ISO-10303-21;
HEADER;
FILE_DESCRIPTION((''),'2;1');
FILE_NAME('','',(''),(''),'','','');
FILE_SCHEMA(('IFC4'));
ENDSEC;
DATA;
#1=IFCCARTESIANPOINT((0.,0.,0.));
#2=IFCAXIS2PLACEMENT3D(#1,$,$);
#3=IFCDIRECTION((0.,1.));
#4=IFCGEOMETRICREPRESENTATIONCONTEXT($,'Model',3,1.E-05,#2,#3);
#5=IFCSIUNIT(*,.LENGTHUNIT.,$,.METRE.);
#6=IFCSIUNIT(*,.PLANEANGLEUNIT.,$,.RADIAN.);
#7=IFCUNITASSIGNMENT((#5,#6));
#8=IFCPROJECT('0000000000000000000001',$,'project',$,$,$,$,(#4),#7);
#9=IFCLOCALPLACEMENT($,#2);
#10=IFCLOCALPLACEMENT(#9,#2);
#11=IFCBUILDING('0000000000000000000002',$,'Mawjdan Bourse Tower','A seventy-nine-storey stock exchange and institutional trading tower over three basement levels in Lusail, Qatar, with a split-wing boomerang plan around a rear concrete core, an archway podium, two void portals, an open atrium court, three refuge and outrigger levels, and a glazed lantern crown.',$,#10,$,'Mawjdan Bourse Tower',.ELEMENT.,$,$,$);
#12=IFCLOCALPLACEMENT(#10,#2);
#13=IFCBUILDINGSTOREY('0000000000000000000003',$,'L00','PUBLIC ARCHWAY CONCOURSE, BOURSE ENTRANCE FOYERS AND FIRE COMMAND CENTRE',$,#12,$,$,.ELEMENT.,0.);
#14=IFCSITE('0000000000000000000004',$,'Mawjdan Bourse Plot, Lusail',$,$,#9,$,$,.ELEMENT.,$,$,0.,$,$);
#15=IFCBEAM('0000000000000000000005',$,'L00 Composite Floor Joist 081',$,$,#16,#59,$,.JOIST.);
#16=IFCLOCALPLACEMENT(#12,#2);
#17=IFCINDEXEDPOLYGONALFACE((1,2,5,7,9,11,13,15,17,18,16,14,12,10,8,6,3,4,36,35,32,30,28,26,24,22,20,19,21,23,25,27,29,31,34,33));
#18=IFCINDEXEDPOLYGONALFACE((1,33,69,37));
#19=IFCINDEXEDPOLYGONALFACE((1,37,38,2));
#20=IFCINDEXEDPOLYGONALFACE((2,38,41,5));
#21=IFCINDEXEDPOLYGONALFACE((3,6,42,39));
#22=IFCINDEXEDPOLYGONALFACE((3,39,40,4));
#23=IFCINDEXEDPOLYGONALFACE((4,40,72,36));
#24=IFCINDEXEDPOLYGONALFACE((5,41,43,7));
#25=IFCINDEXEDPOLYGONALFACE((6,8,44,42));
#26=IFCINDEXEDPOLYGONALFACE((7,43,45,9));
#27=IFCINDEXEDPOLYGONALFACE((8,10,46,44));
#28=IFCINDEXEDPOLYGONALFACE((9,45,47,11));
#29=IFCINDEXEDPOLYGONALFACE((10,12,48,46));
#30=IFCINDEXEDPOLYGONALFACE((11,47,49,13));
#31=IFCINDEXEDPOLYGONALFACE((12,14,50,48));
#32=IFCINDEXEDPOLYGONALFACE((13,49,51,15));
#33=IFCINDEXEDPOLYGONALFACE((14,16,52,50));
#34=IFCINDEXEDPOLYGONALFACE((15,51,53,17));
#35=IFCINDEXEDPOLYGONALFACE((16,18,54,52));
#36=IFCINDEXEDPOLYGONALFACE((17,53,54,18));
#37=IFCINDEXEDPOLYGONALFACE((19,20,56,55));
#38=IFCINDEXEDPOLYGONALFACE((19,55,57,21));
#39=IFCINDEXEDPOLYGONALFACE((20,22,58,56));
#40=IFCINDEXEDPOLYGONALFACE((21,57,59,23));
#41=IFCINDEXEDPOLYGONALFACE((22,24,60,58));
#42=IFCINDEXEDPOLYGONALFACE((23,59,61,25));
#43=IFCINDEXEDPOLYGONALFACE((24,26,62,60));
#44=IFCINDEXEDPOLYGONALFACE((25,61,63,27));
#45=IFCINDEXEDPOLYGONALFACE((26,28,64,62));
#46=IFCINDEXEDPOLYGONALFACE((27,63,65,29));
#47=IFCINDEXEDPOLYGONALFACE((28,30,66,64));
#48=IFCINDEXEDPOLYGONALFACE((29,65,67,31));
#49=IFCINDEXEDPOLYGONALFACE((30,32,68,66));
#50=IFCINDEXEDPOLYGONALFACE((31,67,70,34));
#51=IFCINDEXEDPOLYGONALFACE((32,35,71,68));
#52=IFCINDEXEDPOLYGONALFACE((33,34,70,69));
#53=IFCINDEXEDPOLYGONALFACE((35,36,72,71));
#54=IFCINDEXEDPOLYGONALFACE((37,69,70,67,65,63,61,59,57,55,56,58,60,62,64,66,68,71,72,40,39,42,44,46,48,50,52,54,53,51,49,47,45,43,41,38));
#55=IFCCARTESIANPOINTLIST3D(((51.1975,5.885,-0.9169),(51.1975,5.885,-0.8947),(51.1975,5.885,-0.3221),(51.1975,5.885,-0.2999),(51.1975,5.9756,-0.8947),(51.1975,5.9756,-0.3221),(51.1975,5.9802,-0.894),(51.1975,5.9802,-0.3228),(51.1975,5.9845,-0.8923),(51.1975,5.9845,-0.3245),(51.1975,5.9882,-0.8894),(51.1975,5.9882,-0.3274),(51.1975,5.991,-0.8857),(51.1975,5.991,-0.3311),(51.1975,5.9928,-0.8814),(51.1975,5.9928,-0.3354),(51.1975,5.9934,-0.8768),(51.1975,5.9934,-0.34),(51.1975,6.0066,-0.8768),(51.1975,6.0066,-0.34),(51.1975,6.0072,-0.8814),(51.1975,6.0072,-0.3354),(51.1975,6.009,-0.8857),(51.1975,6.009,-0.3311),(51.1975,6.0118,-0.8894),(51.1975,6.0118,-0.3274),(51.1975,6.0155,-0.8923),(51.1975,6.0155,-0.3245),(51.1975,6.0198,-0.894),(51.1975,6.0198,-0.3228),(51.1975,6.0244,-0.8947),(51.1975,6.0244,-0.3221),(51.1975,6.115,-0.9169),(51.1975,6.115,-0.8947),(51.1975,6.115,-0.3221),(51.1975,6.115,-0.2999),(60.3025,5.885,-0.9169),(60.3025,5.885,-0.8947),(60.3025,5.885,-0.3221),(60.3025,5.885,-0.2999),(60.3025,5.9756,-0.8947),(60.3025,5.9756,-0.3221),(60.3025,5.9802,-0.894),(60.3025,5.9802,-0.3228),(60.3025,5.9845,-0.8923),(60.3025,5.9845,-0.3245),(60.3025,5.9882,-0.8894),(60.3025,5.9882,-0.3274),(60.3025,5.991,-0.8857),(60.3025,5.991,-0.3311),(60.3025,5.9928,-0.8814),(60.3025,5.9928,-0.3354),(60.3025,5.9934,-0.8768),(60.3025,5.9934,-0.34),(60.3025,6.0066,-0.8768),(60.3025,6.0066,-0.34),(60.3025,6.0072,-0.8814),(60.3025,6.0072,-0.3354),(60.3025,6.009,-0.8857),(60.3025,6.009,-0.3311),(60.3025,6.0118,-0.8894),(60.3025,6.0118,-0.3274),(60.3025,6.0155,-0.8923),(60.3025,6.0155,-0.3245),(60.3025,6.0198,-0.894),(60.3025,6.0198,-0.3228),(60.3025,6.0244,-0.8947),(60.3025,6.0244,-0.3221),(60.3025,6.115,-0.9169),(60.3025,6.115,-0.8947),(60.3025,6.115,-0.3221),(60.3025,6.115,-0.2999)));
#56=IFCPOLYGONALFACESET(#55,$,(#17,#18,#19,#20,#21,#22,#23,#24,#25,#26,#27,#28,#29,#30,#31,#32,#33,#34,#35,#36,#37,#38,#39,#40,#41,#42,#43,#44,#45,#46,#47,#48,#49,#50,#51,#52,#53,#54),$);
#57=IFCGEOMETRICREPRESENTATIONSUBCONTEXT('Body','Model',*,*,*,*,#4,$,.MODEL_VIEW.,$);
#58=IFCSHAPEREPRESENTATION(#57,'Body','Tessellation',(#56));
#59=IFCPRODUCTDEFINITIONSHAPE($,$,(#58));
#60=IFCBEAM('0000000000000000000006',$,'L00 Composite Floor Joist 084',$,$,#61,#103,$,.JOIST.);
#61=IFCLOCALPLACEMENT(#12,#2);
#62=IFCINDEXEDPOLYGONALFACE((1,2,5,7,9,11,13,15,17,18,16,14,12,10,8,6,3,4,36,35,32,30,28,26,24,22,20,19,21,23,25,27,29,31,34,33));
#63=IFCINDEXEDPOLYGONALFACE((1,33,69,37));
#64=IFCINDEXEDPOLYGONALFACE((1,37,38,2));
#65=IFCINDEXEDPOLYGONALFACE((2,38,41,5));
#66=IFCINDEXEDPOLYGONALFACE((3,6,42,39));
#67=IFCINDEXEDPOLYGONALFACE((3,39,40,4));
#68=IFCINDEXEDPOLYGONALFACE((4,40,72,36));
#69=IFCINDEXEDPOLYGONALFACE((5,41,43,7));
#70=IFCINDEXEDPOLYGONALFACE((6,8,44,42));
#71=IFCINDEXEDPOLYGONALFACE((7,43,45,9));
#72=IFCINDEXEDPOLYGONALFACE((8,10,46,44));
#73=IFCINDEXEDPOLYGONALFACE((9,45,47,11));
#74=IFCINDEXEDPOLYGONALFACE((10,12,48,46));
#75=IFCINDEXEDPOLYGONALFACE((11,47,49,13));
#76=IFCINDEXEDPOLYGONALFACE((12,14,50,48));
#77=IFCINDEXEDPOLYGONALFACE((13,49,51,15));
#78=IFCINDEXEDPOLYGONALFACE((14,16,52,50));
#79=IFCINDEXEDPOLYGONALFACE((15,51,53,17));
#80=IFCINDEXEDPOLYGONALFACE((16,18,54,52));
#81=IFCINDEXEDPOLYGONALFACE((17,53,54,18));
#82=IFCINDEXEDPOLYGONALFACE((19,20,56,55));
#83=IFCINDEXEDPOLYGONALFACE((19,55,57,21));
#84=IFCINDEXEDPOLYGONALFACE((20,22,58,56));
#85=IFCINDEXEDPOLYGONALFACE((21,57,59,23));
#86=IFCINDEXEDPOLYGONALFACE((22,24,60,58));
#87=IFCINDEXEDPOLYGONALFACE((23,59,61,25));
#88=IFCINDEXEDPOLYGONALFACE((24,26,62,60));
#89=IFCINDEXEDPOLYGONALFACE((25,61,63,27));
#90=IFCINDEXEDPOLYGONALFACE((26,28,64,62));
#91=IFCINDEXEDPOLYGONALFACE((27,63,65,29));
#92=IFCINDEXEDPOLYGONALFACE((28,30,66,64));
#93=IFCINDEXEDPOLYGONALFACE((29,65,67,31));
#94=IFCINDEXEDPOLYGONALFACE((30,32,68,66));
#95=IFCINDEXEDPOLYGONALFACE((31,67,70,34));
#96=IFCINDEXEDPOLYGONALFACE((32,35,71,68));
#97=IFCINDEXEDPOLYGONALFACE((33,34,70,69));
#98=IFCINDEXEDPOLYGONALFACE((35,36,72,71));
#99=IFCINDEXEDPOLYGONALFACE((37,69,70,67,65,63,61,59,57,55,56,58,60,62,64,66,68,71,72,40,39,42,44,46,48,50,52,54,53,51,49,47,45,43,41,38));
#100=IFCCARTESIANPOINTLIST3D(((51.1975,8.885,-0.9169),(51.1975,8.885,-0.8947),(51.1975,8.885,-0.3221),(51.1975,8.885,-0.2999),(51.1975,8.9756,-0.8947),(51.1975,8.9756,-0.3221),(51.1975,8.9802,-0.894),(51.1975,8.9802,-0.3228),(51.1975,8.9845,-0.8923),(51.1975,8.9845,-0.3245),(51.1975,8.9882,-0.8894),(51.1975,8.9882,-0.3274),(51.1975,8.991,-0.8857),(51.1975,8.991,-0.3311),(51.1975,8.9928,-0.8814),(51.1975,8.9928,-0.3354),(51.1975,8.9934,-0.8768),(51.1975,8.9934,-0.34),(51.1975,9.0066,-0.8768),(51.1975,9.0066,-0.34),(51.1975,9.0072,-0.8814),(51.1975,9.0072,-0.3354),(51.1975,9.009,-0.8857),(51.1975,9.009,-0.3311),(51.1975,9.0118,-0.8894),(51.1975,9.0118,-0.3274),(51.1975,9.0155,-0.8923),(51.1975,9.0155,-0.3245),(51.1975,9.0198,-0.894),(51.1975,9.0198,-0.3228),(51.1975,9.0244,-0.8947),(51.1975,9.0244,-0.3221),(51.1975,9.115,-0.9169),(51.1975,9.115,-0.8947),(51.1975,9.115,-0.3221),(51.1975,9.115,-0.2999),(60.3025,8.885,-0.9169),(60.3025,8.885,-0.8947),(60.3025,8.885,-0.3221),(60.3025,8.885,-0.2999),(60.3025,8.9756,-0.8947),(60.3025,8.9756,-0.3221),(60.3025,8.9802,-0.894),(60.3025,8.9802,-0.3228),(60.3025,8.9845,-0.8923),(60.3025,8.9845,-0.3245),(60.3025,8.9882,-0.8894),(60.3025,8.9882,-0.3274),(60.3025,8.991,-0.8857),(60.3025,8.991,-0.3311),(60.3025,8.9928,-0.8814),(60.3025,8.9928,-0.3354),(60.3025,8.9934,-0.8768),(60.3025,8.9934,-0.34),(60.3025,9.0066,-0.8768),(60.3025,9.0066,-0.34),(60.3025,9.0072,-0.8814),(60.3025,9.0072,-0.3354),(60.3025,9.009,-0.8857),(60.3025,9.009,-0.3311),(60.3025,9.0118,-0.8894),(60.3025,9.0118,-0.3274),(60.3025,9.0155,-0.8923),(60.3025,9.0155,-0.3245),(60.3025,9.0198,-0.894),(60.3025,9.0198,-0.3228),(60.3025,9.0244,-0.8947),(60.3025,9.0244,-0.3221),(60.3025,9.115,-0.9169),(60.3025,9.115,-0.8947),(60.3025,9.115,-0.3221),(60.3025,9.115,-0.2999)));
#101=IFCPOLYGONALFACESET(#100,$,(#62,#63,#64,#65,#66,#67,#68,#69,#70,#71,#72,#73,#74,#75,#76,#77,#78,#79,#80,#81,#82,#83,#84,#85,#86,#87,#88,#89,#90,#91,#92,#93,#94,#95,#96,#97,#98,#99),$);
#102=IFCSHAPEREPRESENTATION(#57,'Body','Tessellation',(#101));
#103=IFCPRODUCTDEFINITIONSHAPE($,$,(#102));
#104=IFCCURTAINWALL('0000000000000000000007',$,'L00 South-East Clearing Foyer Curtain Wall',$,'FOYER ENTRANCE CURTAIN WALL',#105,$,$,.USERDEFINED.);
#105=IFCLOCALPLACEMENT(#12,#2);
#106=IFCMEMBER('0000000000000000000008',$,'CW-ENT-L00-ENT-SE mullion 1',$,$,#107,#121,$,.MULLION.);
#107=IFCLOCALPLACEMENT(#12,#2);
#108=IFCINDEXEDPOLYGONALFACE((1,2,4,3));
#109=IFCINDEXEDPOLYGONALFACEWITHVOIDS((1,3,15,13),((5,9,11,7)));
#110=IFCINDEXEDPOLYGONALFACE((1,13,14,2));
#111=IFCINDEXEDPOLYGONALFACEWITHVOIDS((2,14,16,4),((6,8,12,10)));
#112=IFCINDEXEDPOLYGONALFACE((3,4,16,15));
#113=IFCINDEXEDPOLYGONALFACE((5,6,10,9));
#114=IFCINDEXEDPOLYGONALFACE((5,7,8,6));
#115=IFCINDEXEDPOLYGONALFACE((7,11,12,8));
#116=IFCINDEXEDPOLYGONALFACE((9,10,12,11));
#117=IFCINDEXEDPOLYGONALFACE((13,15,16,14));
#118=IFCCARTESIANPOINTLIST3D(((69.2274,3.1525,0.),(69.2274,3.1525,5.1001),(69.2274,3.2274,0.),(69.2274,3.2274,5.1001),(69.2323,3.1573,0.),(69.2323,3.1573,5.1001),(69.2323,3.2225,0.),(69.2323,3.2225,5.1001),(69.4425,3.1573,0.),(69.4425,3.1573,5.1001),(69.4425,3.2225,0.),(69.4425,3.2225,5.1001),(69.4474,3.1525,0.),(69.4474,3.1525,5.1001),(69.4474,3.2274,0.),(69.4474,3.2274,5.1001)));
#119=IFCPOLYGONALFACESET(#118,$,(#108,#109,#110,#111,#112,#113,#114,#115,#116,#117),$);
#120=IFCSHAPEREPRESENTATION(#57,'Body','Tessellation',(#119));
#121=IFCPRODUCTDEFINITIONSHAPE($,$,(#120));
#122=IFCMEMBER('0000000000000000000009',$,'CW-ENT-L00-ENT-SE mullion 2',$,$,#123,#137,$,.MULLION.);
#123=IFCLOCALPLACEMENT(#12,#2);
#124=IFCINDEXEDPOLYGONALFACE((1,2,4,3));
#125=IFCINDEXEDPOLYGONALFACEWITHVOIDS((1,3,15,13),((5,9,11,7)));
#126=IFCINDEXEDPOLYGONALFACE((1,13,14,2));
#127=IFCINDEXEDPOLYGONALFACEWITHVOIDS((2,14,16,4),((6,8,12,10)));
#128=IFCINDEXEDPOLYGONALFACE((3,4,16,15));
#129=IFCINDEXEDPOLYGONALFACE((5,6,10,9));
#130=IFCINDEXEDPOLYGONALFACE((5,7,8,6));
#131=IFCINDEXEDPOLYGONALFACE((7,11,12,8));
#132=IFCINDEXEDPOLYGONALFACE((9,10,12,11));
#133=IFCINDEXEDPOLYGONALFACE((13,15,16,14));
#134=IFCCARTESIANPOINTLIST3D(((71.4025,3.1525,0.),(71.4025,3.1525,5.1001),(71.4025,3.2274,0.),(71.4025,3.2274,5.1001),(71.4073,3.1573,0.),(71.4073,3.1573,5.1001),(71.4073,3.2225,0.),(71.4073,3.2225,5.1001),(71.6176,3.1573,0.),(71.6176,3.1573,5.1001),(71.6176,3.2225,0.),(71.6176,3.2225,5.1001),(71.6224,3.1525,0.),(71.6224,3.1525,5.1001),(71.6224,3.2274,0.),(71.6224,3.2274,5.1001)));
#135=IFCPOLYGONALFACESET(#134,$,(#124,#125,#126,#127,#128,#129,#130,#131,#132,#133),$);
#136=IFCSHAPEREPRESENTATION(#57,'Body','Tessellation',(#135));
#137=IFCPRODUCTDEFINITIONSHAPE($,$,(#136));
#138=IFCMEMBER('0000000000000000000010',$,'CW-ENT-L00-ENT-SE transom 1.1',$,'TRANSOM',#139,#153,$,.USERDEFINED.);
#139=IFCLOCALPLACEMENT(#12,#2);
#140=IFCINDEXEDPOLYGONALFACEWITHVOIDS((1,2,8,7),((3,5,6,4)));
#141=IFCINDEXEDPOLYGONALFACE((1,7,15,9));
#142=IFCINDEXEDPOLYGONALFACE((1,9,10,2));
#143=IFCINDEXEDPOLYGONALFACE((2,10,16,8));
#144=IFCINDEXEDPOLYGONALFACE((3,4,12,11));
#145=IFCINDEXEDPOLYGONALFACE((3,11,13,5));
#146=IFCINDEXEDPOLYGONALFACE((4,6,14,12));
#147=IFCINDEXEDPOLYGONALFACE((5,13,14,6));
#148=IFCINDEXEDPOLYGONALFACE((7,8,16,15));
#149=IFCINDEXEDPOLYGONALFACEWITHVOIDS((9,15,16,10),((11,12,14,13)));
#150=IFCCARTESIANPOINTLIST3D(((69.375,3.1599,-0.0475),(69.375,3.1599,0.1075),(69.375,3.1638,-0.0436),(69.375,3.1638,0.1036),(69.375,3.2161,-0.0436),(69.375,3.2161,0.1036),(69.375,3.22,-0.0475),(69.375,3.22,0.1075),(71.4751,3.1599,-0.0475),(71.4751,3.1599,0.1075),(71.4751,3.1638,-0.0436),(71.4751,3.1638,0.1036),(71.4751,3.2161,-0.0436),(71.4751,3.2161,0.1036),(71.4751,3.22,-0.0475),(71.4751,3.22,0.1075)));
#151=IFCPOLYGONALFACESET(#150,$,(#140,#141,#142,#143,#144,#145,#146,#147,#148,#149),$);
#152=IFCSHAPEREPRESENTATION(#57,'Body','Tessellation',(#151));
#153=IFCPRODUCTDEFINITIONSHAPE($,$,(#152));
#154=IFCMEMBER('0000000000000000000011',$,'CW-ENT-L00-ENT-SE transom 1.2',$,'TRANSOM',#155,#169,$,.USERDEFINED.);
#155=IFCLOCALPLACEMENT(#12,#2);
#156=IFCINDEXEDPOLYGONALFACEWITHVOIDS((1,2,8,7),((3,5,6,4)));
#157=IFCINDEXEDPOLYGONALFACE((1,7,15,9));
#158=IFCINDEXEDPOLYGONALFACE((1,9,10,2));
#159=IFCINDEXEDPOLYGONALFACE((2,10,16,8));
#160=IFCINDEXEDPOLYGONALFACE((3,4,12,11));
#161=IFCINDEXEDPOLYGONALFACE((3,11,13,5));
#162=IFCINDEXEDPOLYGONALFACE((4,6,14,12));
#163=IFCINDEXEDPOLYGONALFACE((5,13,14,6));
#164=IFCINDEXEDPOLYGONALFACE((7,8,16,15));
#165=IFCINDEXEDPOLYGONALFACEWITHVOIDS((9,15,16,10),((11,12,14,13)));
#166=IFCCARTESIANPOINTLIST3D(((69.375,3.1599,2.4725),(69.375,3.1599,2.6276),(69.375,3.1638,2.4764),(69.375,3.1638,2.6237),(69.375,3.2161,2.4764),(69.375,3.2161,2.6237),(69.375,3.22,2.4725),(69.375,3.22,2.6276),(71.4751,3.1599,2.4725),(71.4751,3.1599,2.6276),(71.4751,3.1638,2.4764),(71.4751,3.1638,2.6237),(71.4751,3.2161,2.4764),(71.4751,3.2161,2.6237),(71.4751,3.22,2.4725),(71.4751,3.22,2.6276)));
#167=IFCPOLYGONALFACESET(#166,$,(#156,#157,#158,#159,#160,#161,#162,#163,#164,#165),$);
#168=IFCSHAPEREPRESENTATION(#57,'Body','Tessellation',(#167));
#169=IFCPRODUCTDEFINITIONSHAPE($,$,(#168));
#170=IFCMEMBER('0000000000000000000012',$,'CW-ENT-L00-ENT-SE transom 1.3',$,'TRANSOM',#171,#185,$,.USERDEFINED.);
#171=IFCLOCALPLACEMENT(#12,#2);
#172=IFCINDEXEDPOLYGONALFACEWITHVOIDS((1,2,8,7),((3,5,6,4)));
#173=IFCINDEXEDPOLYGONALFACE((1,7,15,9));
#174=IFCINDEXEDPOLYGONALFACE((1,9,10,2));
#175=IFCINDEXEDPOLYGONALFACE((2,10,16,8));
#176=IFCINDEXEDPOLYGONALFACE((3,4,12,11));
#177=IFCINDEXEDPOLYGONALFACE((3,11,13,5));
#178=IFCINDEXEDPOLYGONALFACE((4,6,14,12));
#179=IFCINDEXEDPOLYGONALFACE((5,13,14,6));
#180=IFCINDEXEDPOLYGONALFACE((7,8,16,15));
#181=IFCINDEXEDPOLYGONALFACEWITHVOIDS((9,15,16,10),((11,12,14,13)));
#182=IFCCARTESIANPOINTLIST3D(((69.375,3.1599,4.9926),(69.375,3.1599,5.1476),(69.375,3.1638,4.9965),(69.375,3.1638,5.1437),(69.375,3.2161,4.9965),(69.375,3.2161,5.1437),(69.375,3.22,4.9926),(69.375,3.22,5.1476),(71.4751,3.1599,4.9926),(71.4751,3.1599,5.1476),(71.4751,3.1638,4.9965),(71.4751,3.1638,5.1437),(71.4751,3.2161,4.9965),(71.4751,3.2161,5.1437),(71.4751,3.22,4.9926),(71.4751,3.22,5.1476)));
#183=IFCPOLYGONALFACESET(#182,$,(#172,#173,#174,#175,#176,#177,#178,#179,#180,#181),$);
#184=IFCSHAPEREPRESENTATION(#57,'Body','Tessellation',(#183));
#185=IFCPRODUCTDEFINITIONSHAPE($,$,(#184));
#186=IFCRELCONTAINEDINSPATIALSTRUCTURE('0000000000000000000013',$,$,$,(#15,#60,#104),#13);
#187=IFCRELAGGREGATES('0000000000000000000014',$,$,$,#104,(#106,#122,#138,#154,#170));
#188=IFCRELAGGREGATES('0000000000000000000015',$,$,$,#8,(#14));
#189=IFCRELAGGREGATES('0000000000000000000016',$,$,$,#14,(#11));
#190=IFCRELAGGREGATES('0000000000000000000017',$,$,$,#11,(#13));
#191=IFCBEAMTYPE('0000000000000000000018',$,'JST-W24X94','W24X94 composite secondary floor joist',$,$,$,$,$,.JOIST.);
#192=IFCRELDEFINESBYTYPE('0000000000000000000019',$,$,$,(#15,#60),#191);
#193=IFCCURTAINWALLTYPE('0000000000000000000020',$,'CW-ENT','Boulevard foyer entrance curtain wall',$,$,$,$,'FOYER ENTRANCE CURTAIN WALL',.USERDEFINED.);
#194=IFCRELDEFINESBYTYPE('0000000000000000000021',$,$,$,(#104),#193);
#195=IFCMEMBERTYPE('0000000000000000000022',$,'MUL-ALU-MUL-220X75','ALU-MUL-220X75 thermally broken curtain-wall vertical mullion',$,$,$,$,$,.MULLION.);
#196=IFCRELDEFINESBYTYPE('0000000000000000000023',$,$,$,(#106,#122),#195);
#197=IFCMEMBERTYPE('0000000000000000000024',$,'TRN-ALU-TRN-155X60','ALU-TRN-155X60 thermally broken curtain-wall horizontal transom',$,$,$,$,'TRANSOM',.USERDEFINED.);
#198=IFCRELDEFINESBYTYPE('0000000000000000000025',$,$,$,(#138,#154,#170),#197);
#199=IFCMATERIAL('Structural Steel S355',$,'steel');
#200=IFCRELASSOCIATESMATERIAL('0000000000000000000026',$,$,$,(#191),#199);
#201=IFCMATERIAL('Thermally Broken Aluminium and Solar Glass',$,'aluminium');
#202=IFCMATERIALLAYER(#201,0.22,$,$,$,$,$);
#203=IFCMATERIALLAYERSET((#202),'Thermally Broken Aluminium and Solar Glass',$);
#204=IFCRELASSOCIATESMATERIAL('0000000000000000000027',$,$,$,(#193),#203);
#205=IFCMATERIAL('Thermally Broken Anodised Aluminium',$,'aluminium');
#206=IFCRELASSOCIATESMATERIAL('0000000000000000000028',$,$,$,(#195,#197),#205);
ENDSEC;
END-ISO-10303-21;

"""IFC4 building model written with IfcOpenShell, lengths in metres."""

from ifc_helpers import new_model, si_unit, direction, frame, origin, origin_2d, place, context, subcontext, project, spatial, hollow_rectangle, i_section, extrude, material, layer, layer_set, material_profile, profile_set, type_object, element, aggregate, save


model = new_model("IFC4")

# Units and contexts
model_context = context("Model", 3, precision=1e-05, world=origin(), true_north=direction((0.0, 1.0)))
body_context = subcontext(model_context, "Body", "Model", "MODEL_VIEW")
ifc_project = project(units=[si_unit("LENGTHUNIT", "METRE"), si_unit("PLANEANGLEUNIT", "RADIAN")], contexts=[model_context])

# Site, building, storey
site_placement = place(None, origin())
site = spatial("IfcSite", under=ifc_project, at=site_placement, Name="Mawjdan Bourse Plot, Lusail", CompositionType="ELEMENT", RefElevation=0.0)
building_placement = place(site_placement, origin())
building = spatial("IfcBuilding", under=site, at=building_placement, Name="Mawjdan Bourse Tower", Description="A seventy-nine-storey stock exchange and institutional trading tower over three basement levels in Lusail, Qatar, with a split-wing boomerang plan around a rear concrete core, an archway podium, two void portals, an open atrium court, three refuge and outrigger levels, and a glazed lantern crown.", LongName="Mawjdan Bourse Tower", CompositionType="ELEMENT")
storey_placement = place(building_placement, origin())
storey = spatial("IfcBuildingStorey", under=building, at=storey_placement, Name="L00", Description="PUBLIC ARCHWAY CONCOURSE, BOURSE ENTRANCE FOYERS AND FIRE COMMAND CENTRE", CompositionType="ELEMENT", Elevation=0.0)

# Beams
ifc_material_1 = material(Name="Structural Steel S355", Category="steel")
ifc_material_profile_1 = material_profile(ifc_material_1, i_section(OverallWidth=0.23, OverallDepth=0.6169, WebThickness=0.0132, FlangeThickness=0.0222, FilletRadius=0.0178, at=origin_2d()), Name="W24X94")
ifc_profile_set_1 = profile_set([ifc_material_profile_1], Name="Structural Steel S355")
beam_type_1 = type_object("IfcBeamType", Name="JST-W24X94", Description="W24X94 composite secondary floor joist", PredefinedType="JOIST", material=ifc_profile_set_1)
for number, where, z_axis, x_axis, name in (
    (1, (51.1975, 6.0, -0.6084), (1.0, 0.0, 0.0), (0.0, 1.0, 0.0), "L00 Composite Floor Joist 081"),
    (2, (51.1975, 9.0, -0.6084), (1.0, 0.0, 0.0), (0.0, 1.0, 0.0), "L00 Composite Floor Joist 084"),
):
    element("IfcBeam", number, at=place(storey_placement, frame(where, z_axis=z_axis, x_axis=x_axis)), inside=storey, type_object=beam_type_1, Name=name, PredefinedType="JOIST", context=body_context, shape_type="SweptSolid", body=[
        extrude(i_section(OverallWidth=0.23, OverallDepth=0.6169, WebThickness=0.0132, FlangeThickness=0.0222, FilletRadius=0.0178, at=origin_2d()), origin(), (0.0, 0.0, 1.0), 9.105),
    ])

# Curtain wall, members
ifc_material_2 = material(Name="Thermally Broken Aluminium and Solar Glass", Category="aluminium")
ifc_layer_1 = layer(ifc_material_2, 0.22)
ifc_layer_set_1 = layer_set([ifc_layer_1], Name="Thermally Broken Aluminium and Solar Glass")
curtain_wall_type = type_object("IfcCurtainWallType", Name="CW-ENT", Description="Boulevard foyer entrance curtain wall", ElementType="FOYER ENTRANCE CURTAIN WALL", PredefinedType="USERDEFINED", material=ifc_layer_set_1)
curtain_wall_placement = place(storey_placement, origin())
curtain_wall = element("IfcCurtainWall", 3, at=curtain_wall_placement, inside=storey, type_object=curtain_wall_type, Name="L00 South-East Clearing Foyer Curtain Wall", ObjectType="FOYER ENTRANCE CURTAIN WALL", PredefinedType="USERDEFINED")
ifc_material_3 = material(Name="Thermally Broken Anodised Aluminium", Category="aluminium")
ifc_material_profile_2 = material_profile(ifc_material_3, hollow_rectangle(XDim=0.075, YDim=0.22, WallThickness=0.0049, at=origin_2d()), Name="ALU-MUL-220X75")
ifc_profile_set_2 = profile_set([ifc_material_profile_2], Name="Thermally Broken Anodised Aluminium")
member_type_1 = type_object("IfcMemberType", Name="MUL-ALU-MUL-220X75", Description="ALU-MUL-220X75 thermally broken curtain-wall vertical mullion", PredefinedType="MULLION", material=ifc_profile_set_2)
member_1_placement = place(storey_placement, frame((69.3374, 3.1899, 0.0), z_axis=(0.0, 0.0, 1.0), x_axis=(0.0, 1.0, 0.0)))
member_1 = element("IfcMember", 4, at=member_1_placement, type_object=member_type_1, Name="CW-ENT-L00-ENT-SE mullion 1", PredefinedType="MULLION", context=body_context, shape_type="SweptSolid", body=[
    extrude(hollow_rectangle(XDim=0.075, YDim=0.22, WallThickness=0.0049, at=origin_2d()), origin(), (0.0, 0.0, 1.0), 5.1001),
])
member_2_placement = place(storey_placement, frame((71.5125, 3.1899, 0.0), z_axis=(0.0, 0.0, 1.0), x_axis=(0.0, 1.0, 0.0)))
member_2 = element("IfcMember", 5, at=member_2_placement, type_object=member_type_1, Name="CW-ENT-L00-ENT-SE mullion 2", PredefinedType="MULLION", context=body_context, shape_type="SweptSolid", body=[
    extrude(hollow_rectangle(XDim=0.075, YDim=0.22, WallThickness=0.0049, at=origin_2d()), origin(), (0.0, 0.0, 1.0), 5.1001),
])
ifc_material_profile_3 = material_profile(ifc_material_3, hollow_rectangle(XDim=0.0601, YDim=0.155, WallThickness=0.0039, at=origin_2d()), Name="ALU-TRN-155X60")
ifc_profile_set_3 = profile_set([ifc_material_profile_3], Name="Thermally Broken Anodised Aluminium")
member_type_2 = type_object("IfcMemberType", Name="TRN-ALU-TRN-155X60", Description="ALU-TRN-155X60 thermally broken curtain-wall horizontal transom", ElementType="TRANSOM", PredefinedType="USERDEFINED", material=ifc_profile_set_3)
member_3_placement = place(storey_placement, frame((69.375, 3.1899, 0.03), z_axis=(1.0, 0.0, 0.0), x_axis=(0.0, 1.0, 0.0)))
member_3 = element("IfcMember", 6, at=member_3_placement, type_object=member_type_2, Name="CW-ENT-L00-ENT-SE transom 1.1", ObjectType="TRANSOM", PredefinedType="USERDEFINED", context=body_context, shape_type="SweptSolid", body=[
    extrude(hollow_rectangle(XDim=0.0601, YDim=0.155, WallThickness=0.0039, at=origin_2d()), origin(), (0.0, 0.0, 1.0), 2.1001),
])
member_4_placement = place(storey_placement, frame((69.375, 3.1899, 2.55), z_axis=(1.0, 0.0, 0.0), x_axis=(0.0, 1.0, 0.0)))
member_4 = element("IfcMember", 7, at=member_4_placement, type_object=member_type_2, Name="CW-ENT-L00-ENT-SE transom 1.2", ObjectType="TRANSOM", PredefinedType="USERDEFINED", context=body_context, shape_type="SweptSolid", body=[
    extrude(hollow_rectangle(XDim=0.0601, YDim=0.155, WallThickness=0.0039, at=origin_2d()), origin(), (0.0, 0.0, 1.0), 2.1001),
])
member_5_placement = place(storey_placement, frame((69.375, 3.1899, 5.0701), z_axis=(1.0, 0.0, 0.0), x_axis=(0.0, 1.0, 0.0)))
member_5 = element("IfcMember", 8, at=member_5_placement, type_object=member_type_2, Name="CW-ENT-L00-ENT-SE transom 1.3", ObjectType="TRANSOM", PredefinedType="USERDEFINED", context=body_context, shape_type="SweptSolid", body=[
    extrude(hollow_rectangle(XDim=0.0601, YDim=0.155, WallThickness=0.0039, at=origin_2d()), origin(), (0.0, 0.0, 1.0), 2.1001),
])
aggregate(curtain_wall, [member_1, member_2, member_3, member_4, member_5])

save(model, "model.ifc")
